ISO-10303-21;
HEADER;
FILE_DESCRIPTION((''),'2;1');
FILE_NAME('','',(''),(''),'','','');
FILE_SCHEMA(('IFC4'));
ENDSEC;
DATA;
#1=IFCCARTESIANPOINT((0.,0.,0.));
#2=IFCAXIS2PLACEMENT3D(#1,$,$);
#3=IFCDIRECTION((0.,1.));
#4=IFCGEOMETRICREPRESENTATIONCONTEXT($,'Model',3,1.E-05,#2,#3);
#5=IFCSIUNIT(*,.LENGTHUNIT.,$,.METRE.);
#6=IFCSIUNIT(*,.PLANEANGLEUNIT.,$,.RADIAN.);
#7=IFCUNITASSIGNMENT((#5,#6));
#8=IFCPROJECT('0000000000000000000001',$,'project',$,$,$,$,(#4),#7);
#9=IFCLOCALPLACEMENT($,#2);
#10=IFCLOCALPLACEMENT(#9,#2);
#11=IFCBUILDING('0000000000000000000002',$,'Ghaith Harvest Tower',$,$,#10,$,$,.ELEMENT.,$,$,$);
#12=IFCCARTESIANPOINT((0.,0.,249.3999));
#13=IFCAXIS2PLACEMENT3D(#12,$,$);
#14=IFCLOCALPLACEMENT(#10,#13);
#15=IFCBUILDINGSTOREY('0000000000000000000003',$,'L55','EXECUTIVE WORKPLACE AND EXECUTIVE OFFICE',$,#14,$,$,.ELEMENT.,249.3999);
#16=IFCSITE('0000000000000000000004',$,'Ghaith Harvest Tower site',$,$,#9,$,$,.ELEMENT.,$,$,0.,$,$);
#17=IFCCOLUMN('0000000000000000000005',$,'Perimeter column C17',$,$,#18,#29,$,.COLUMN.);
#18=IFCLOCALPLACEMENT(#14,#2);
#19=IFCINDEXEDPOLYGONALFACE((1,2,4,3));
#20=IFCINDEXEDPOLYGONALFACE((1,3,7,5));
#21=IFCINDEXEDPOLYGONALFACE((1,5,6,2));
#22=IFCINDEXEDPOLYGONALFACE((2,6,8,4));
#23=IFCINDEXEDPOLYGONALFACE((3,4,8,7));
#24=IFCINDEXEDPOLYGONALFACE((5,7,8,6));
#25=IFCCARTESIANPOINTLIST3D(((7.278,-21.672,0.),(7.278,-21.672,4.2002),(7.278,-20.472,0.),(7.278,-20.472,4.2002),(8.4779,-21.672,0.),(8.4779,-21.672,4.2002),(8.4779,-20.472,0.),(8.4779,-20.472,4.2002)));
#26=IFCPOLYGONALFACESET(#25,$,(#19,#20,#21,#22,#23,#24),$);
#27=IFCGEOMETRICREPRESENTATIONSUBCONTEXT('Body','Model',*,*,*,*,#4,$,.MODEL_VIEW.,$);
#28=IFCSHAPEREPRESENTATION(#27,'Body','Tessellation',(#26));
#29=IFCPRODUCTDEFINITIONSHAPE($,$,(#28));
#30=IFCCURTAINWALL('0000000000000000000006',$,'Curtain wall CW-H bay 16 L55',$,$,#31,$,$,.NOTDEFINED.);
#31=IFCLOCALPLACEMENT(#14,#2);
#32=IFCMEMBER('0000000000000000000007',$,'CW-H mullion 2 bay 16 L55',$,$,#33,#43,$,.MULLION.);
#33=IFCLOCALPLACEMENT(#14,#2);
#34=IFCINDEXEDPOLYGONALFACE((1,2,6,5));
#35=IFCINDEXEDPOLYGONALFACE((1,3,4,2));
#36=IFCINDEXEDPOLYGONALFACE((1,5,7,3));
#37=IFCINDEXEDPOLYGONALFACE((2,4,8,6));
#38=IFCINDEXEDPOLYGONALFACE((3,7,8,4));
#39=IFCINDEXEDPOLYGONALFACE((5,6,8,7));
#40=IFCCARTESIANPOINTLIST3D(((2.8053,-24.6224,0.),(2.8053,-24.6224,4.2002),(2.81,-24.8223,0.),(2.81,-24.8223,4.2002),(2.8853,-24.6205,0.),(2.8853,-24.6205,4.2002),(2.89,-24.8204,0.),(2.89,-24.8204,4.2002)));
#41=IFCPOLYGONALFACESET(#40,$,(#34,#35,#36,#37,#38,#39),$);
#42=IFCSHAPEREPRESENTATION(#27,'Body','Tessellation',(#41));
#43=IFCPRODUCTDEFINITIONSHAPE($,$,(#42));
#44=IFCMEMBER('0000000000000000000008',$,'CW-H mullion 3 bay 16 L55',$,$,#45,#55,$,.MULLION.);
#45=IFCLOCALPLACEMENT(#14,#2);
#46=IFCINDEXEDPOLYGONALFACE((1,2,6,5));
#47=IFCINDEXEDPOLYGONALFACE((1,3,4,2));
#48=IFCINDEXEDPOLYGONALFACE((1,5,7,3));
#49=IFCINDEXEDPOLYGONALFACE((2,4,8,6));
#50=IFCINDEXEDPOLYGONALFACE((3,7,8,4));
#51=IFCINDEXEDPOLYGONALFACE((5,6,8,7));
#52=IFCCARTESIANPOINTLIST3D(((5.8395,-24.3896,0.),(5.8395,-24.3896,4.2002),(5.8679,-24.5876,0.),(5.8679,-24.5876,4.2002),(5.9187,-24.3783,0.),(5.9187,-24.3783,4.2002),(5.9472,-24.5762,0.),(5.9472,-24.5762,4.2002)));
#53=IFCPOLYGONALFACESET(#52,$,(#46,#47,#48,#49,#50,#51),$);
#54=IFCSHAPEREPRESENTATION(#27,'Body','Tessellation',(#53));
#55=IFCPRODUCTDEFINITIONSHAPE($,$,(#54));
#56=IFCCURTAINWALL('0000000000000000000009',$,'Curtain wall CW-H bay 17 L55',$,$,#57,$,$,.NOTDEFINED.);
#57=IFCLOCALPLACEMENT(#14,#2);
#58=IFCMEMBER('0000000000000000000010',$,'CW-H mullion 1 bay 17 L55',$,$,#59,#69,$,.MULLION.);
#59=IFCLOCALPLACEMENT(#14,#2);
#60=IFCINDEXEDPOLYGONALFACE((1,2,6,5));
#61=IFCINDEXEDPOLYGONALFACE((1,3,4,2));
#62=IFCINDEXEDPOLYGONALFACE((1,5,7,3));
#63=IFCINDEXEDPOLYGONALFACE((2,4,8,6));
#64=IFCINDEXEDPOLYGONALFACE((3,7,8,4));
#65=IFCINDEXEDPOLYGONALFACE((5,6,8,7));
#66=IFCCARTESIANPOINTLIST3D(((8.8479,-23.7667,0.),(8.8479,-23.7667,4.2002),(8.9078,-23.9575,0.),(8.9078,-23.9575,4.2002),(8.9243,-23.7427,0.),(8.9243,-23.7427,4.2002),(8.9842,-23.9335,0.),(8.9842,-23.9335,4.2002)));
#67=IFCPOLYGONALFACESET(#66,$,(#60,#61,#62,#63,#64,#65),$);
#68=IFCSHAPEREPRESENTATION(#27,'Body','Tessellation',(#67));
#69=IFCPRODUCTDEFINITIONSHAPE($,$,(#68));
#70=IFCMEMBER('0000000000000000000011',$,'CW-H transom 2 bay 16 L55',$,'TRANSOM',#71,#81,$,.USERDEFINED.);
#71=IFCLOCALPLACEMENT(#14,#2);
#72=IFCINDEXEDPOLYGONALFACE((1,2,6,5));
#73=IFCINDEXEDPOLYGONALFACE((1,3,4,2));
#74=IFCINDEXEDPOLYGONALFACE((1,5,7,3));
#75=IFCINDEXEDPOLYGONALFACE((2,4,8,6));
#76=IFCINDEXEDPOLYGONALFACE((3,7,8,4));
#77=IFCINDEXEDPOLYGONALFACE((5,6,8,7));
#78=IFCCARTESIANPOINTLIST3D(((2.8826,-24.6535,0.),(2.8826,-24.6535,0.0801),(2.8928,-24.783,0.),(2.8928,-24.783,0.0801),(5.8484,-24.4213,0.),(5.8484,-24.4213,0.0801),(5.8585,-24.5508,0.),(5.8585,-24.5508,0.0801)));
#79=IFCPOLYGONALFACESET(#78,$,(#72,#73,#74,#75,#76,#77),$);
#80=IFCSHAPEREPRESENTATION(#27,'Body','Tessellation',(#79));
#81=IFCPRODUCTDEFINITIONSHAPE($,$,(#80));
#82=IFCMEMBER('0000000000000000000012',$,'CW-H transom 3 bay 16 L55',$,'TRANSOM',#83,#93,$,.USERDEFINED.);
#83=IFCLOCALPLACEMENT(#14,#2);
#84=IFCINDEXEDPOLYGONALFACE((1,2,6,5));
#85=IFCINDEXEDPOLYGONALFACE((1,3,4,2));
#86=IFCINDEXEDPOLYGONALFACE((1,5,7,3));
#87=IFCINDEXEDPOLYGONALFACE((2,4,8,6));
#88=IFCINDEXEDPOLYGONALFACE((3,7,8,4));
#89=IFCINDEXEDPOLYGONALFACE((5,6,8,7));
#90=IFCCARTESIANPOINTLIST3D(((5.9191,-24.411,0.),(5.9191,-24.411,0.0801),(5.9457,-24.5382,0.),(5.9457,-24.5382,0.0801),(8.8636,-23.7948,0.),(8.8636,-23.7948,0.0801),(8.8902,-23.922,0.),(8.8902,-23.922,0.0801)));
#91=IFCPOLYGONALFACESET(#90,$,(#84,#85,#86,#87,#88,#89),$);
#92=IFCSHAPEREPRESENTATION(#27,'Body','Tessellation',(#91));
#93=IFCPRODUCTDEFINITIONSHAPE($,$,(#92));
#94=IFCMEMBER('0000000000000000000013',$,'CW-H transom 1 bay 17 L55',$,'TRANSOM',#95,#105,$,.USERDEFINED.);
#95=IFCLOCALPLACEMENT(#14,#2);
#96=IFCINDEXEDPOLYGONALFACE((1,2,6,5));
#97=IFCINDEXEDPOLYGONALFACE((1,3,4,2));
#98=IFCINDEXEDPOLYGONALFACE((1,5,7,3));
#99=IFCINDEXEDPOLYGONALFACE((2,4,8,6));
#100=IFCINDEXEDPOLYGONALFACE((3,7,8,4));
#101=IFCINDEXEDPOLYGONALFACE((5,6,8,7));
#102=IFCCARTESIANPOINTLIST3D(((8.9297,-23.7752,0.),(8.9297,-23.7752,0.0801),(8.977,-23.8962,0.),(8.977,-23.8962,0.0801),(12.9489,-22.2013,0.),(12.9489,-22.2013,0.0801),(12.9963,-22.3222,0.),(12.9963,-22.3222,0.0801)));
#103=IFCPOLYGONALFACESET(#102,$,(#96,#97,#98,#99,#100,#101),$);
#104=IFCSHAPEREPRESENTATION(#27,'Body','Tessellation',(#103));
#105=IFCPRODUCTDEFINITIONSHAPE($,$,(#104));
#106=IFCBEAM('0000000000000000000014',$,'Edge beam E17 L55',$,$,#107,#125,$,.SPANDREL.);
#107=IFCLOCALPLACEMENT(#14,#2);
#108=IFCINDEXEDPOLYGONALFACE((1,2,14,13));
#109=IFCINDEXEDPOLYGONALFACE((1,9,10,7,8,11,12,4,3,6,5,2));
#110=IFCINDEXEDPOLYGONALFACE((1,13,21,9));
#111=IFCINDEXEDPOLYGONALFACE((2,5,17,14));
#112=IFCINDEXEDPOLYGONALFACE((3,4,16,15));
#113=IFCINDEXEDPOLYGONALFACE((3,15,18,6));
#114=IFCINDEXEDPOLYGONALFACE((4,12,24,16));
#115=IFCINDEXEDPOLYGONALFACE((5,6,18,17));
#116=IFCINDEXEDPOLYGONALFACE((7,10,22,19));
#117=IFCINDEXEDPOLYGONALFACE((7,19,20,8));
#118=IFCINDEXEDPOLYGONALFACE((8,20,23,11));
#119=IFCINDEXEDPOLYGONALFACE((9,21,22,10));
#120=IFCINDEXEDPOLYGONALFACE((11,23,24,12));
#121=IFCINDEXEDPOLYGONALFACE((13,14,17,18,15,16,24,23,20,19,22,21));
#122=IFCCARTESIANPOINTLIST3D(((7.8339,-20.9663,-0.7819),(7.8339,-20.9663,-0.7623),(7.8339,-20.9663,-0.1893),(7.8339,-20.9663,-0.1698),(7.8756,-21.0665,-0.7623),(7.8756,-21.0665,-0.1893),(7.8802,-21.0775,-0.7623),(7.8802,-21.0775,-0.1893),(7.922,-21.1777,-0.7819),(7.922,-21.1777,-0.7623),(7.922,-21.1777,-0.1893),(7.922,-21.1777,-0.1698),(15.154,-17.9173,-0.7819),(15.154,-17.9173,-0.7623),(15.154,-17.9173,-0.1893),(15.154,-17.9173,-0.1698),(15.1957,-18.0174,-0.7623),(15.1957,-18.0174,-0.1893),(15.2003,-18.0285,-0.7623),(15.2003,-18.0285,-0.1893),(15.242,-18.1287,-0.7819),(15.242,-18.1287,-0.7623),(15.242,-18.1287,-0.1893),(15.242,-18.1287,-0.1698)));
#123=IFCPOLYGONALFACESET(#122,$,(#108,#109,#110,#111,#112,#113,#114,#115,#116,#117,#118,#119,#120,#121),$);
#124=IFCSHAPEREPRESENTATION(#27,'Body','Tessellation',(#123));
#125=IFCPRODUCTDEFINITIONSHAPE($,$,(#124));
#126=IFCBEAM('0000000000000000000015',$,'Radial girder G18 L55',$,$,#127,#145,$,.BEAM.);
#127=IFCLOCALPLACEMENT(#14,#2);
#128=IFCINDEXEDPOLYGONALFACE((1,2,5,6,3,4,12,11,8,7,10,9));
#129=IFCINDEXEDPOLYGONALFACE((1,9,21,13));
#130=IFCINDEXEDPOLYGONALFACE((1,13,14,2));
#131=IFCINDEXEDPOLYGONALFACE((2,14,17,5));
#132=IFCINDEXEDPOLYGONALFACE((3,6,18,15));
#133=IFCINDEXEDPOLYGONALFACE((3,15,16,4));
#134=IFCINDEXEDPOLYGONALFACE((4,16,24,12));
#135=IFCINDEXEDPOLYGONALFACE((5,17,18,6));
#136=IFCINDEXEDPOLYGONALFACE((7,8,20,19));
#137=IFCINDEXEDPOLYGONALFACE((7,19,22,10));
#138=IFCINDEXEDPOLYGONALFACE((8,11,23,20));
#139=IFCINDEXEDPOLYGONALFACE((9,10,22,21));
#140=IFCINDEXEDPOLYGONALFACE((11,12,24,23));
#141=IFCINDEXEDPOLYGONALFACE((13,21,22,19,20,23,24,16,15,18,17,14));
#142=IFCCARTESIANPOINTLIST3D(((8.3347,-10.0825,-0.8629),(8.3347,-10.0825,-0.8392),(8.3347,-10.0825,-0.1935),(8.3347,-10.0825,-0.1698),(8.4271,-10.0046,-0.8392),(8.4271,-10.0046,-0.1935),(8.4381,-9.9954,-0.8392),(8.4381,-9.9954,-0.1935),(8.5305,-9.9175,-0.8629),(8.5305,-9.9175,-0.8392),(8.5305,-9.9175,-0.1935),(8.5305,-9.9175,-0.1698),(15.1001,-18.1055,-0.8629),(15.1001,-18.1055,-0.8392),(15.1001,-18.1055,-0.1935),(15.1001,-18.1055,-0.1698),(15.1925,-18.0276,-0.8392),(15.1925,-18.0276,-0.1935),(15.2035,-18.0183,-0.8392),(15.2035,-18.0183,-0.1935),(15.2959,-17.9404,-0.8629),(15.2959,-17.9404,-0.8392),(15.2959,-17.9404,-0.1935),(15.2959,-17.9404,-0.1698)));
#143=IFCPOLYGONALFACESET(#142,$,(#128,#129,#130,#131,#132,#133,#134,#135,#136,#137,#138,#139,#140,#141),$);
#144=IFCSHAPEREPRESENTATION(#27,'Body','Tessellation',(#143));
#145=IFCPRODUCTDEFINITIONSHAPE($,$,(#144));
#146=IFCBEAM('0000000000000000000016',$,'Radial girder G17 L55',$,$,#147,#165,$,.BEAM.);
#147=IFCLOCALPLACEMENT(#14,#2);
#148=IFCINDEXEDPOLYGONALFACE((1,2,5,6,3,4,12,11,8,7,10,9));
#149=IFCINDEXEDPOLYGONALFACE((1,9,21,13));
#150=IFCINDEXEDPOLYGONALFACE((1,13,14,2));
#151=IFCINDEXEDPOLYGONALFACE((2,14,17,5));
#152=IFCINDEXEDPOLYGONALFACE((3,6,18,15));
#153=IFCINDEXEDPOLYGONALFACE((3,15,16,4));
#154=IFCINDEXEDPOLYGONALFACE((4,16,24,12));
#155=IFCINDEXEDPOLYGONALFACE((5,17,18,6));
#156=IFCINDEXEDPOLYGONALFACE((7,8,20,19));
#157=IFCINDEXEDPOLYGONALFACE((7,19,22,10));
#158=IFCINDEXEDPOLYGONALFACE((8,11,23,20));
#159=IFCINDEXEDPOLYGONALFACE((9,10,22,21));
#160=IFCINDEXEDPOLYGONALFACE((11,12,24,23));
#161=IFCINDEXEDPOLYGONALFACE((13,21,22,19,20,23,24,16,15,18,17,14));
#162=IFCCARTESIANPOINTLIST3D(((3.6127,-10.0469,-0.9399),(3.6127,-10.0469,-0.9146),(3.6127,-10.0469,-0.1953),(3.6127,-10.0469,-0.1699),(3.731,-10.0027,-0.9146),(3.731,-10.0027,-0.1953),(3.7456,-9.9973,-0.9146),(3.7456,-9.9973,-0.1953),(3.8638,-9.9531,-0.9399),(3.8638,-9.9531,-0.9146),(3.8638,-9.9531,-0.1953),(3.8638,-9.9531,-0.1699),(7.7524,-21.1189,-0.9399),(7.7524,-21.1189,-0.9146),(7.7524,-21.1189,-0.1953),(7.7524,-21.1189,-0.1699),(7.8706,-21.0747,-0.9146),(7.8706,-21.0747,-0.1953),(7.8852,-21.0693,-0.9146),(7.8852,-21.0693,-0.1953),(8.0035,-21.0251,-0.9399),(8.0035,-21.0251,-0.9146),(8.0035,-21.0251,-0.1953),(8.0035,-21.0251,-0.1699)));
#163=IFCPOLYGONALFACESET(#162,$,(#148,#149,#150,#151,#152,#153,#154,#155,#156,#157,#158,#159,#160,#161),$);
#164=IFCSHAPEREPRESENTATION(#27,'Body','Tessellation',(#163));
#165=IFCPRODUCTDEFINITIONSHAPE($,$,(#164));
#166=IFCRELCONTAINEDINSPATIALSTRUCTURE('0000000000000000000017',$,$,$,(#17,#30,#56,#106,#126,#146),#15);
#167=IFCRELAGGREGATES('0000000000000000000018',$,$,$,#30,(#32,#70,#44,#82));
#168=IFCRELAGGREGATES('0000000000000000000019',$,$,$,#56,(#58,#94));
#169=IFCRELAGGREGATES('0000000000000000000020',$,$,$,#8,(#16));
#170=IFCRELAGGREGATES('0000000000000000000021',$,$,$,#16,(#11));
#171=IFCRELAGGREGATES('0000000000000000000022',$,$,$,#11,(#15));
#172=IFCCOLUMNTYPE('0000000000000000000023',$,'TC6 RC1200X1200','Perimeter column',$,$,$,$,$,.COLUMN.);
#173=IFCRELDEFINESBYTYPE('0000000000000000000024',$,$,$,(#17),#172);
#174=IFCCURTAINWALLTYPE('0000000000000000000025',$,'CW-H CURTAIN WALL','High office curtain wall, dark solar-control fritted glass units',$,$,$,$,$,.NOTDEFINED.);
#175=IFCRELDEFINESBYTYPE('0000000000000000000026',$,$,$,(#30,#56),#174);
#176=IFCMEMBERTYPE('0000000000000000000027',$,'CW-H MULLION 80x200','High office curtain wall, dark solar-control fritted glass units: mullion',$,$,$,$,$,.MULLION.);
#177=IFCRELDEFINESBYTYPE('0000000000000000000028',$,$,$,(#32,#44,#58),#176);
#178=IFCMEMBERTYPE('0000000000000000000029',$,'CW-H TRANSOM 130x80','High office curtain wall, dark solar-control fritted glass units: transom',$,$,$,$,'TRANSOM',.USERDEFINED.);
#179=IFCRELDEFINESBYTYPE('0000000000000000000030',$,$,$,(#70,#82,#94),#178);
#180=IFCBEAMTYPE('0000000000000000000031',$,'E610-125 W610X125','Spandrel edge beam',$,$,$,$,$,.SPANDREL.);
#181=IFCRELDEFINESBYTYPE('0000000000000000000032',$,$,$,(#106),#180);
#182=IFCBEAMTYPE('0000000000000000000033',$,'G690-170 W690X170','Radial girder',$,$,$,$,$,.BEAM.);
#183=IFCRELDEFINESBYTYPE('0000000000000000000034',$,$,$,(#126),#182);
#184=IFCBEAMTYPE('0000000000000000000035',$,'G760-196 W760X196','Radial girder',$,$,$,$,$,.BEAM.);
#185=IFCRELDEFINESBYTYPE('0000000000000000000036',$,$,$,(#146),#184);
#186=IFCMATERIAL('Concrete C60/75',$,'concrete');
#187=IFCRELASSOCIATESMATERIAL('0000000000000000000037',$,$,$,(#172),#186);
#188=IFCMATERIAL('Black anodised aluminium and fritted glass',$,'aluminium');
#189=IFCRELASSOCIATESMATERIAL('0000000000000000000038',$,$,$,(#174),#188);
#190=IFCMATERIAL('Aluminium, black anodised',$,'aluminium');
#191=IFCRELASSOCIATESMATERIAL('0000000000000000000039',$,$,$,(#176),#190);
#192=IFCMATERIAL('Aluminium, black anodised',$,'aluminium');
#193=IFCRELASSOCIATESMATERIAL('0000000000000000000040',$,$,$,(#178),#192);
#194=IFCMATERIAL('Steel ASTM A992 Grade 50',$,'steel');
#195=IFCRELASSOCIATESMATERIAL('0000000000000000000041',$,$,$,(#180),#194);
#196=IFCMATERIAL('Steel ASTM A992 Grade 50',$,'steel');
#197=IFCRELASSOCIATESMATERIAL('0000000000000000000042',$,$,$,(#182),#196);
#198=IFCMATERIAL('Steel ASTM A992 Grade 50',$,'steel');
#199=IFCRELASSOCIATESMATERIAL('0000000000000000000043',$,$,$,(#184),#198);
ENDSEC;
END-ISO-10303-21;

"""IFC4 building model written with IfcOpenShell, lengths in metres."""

from ifc_helpers import new_model, si_unit, direction, frame, origin, origin_2d, place, context, subcontext, project, spatial, rectangle, i_section, extrude, material, material_profile, profile_set, type_object, element, aggregate, save


model = new_model("IFC4")

# Units and contexts
model_context = context("Model", 3, precision=1e-05, world=origin(), true_north=direction((0.0, 1.0)))
body_context = subcontext(model_context, "Body", "Model", "MODEL_VIEW")
ifc_project = project(units=[si_unit("LENGTHUNIT", "METRE"), si_unit("PLANEANGLEUNIT", "RADIAN")], contexts=[model_context])

# Site, building, storey
site_placement = place(None, origin())
site = spatial("IfcSite", under=ifc_project, at=site_placement, Name="Ghaith Harvest Tower site", CompositionType="ELEMENT", RefElevation=0.0)
building_placement = place(site_placement, origin())
building = spatial("IfcBuilding", under=site, at=building_placement, Name="Ghaith Harvest Tower", CompositionType="ELEMENT")
storey_placement = place(building_placement, frame((0.0, 0.0, 249.3999)))
storey = spatial("IfcBuildingStorey", under=building, at=storey_placement, Name="L55", Description="EXECUTIVE WORKPLACE AND EXECUTIVE OFFICE", CompositionType="ELEMENT", Elevation=249.3999)

# Column
ifc_material_1 = material(Name="Concrete C60/75", Category="concrete")
ifc_material_profile_1 = material_profile(ifc_material_1, rectangle(XDim=1.2, YDim=1.2, at=origin_2d()), Name="RC1200X1200")
ifc_profile_set_1 = profile_set([ifc_material_profile_1], Name="Concrete C60/75")
column_type = type_object("IfcColumnType", Name="TC6 RC1200X1200", Description="Perimeter column", PredefinedType="COLUMN", material=ifc_profile_set_1)
column_placement = place(storey_placement, frame((7.8779, -21.072, 0.0), z_axis=(0.0, 0.0, 1.0), x_axis=(1.0, 0.0, 0.0)))
element("IfcColumn", 1, at=column_placement, inside=storey, type_object=column_type, Name="Perimeter column C17", PredefinedType="COLUMN", context=body_context, shape_type="SweptSolid", body=[
    extrude(rectangle(XDim=1.2, YDim=1.2, at=origin_2d()), origin(), (0.0, 0.0, 1.0), 4.2002),
])

# Curtain wall, members
ifc_material_2 = material(Name="Black anodised aluminium and fritted glass", Category="aluminium")
curtain_wall_type = type_object("IfcCurtainWallType", Name="CW-H CURTAIN WALL", Description="High office curtain wall, dark solar-control fritted glass units", PredefinedType="NOTDEFINED", material=ifc_material_2)
curtain_wall_1_placement = place(storey_placement, origin())
curtain_wall_1 = element("IfcCurtainWall", 2, at=curtain_wall_1_placement, inside=storey, type_object=curtain_wall_type, Name="Curtain wall CW-H bay 16 L55", PredefinedType="NOTDEFINED")
ifc_material_3 = material(Name="Aluminium, black anodised", Category="aluminium")
ifc_material_profile_2 = material_profile(ifc_material_3, rectangle(XDim=0.0801, YDim=0.2, at=origin_2d()), Name="CW-H MULLION 80x200")
ifc_profile_set_2 = profile_set([ifc_material_profile_2], Name="Aluminium, black anodised")
member_type_1 = type_object("IfcMemberType", Name="CW-H MULLION 80x200", Description="High office curtain wall, dark solar-control fritted glass units: mullion", PredefinedType="MULLION", material=ifc_profile_set_2)
member_1_placement = place(storey_placement, frame((2.8477, -24.7214, 0.0), z_axis=(0.0, 0.0, 1.0), x_axis=(0.999724, 0.023475, 0.0)))
member_1 = element("IfcMember", 3, at=member_1_placement, type_object=member_type_1, Name="CW-H mullion 2 bay 16 L55", PredefinedType="MULLION", context=body_context, shape_type="SweptSolid", body=[
    extrude(rectangle(XDim=0.0801, YDim=0.2, at=origin_2d()), origin(), (0.0, 0.0, 1.0), 4.2002),
])
member_2_placement = place(storey_placement, frame((5.8933, -24.4829, 0.0), z_axis=(0.0, 0.0, 1.0), x_axis=(0.989849, 0.142122, 0.0)))
member_2 = element("IfcMember", 4, at=member_2_placement, type_object=member_type_1, Name="CW-H mullion 3 bay 16 L55", PredefinedType="MULLION", context=body_context, shape_type="SweptSolid", body=[
    extrude(rectangle(XDim=0.0801, YDim=0.2, at=origin_2d()), origin(), (0.0, 0.0, 1.0), 4.2002),
])

# Curtain wall, member
curtain_wall_2_placement = place(storey_placement, origin())
curtain_wall_2 = element("IfcCurtainWall", 5, at=curtain_wall_2_placement, inside=storey, type_object=curtain_wall_type, Name="Curtain wall CW-H bay 17 L55", PredefinedType="NOTDEFINED")
member_3_placement = place(storey_placement, frame((8.916, -23.8501, 0.0), z_axis=(0.0, 0.0, 1.0), x_axis=(0.95403, 0.299711, 0.0)))
member_3 = element("IfcMember", 6, at=member_3_placement, type_object=member_type_1, Name="CW-H mullion 1 bay 17 L55", PredefinedType="MULLION", context=body_context, shape_type="SweptSolid", body=[
    extrude(rectangle(XDim=0.0801, YDim=0.2, at=origin_2d()), origin(), (0.0, 0.0, 1.0), 4.2002),
])

# Members
ifc_material_4 = material(Name="Aluminium, black anodised", Category="aluminium")
ifc_material_profile_3 = material_profile(ifc_material_4, rectangle(XDim=0.1299, YDim=0.0801, at=origin_2d()), Name="CW-H TRANSOM 130x80")
ifc_profile_set_3 = profile_set([ifc_material_profile_3], Name="Aluminium, black anodised")
member_type_2 = type_object("IfcMemberType", Name="CW-H TRANSOM 130x80", Description="High office curtain wall, dark solar-control fritted glass units: transom", ElementType="TRANSOM", PredefinedType="USERDEFINED", material=ifc_profile_set_3)
member_4_placement = place(storey_placement, frame((2.8877, -24.7183, 0.04), z_axis=(0.99695, 0.078046, 0.0), x_axis=(-0.078046, 0.99695, 0.0)))
member_4 = element("IfcMember", 7, at=member_4_placement, type_object=member_type_2, Name="CW-H transom 2 bay 16 L55", ObjectType="TRANSOM", PredefinedType="USERDEFINED", context=body_context, shape_type="SweptSolid", body=[
    extrude(rectangle(XDim=0.1299, YDim=0.0801, at=origin_2d()), origin(), (0.0, 0.0, 1.0), 2.9749),
])
member_5_placement = place(storey_placement, frame((5.9324, -24.4746, 0.04), z_axis=(0.978797, 0.204832, 0.0), x_axis=(-0.204832, 0.978797, 0.0)))
member_5 = element("IfcMember", 8, at=member_5_placement, type_object=member_type_2, Name="CW-H transom 3 bay 16 L55", ObjectType="TRANSOM", PredefinedType="USERDEFINED", context=body_context, shape_type="SweptSolid", body=[
    extrude(rectangle(XDim=0.1299, YDim=0.0801, at=origin_2d()), origin(), (0.0, 0.0, 1.0), 3.0083),
])
member_6_placement = place(storey_placement, frame((8.9534, -23.8357, 0.04), z_axis=(0.931148, 0.364642, 0.0), x_axis=(-0.364642, 0.931148, 0.0)))
member_6 = element("IfcMember", 9, at=member_6_placement, type_object=member_type_2, Name="CW-H transom 1 bay 17 L55", ObjectType="TRANSOM", PredefinedType="USERDEFINED", context=body_context, shape_type="SweptSolid", body=[
    extrude(rectangle(XDim=0.1299, YDim=0.0801, at=origin_2d()), origin(), (0.0, 0.0, 1.0), 4.3164),
])

# Beams
ifc_material_5 = material(Name="Steel ASTM A992 Grade 50", Category="steel")
ifc_material_profile_4 = material_profile(ifc_material_5, i_section(OverallWidth=0.229, OverallDepth=0.6121, WebThickness=0.012, FlangeThickness=0.0195, at=origin_2d()), Name="W610X125")
ifc_profile_set_4 = profile_set([ifc_material_profile_4], Name="Steel ASTM A992 Grade 50")
beam_type_1 = type_object("IfcBeamType", Name="E610-125 W610X125", Description="Spandrel edge beam", PredefinedType="SPANDREL", material=ifc_profile_set_4)
beam_1_placement = place(storey_placement, frame((7.8779, -21.072, -0.4758), z_axis=(0.92312, 0.384513, 0.0), x_axis=(-0.384513, 0.92312, 0.0)))
element("IfcBeam", 10, at=beam_1_placement, inside=storey, type_object=beam_type_1, Name="Edge beam E17 L55", PredefinedType="SPANDREL", context=body_context, shape_type="SweptSolid", body=[
    extrude(i_section(OverallWidth=0.229, OverallDepth=0.6121, WebThickness=0.012, FlangeThickness=0.0195, at=origin_2d()), origin(), (0.0, 0.0, 1.0), 7.9297),
])
ifc_material_6 = material(Name="Steel ASTM A992 Grade 50", Category="steel")
ifc_material_profile_5 = material_profile(ifc_material_6, i_section(OverallWidth=0.2561, OverallDepth=0.6931, WebThickness=0.0144, FlangeThickness=0.0237, at=origin_2d()), Name="W690X170")
ifc_profile_set_5 = profile_set([ifc_material_profile_5], Name="Steel ASTM A992 Grade 50")
beam_type_2 = type_object("IfcBeamType", Name="G690-170 W690X170", Description="Radial girder", PredefinedType="BEAM", material=ifc_profile_set_5)
beam_2_placement = place(storey_placement, frame((8.4326, -10.0, -0.5164), z_axis=(0.644649, -0.764478, 0.0), x_axis=(0.764478, 0.644649, 0.0)))
element("IfcBeam", 11, at=beam_2_placement, inside=storey, type_object=beam_type_2, Name="Radial girder G18 L55", PredefinedType="BEAM", context=body_context, shape_type="SweptSolid", body=[
    extrude(i_section(OverallWidth=0.2561, OverallDepth=0.6931, WebThickness=0.0144, FlangeThickness=0.0237, at=origin_2d()), origin(), (0.0, 0.0, 1.0), 10.4946),
])
ifc_material_7 = material(Name="Steel ASTM A992 Grade 50", Category="steel")
ifc_material_profile_6 = material_profile(ifc_material_7, i_section(OverallWidth=0.2681, OverallDepth=0.77, WebThickness=0.0156, FlangeThickness=0.0254, at=origin_2d()), Name="W760X196")
ifc_profile_set_6 = profile_set([ifc_material_profile_6], Name="Steel ASTM A992 Grade 50")
beam_type_3 = type_object("IfcBeamType", Name="G760-196 W760X196", Description="Radial girder", PredefinedType="BEAM", material=ifc_profile_set_6)
beam_3_placement = place(storey_placement, frame((3.7383, -10.0, -0.5549), z_axis=(0.350207, -0.936672, 0.0), x_axis=(0.936672, 0.350207, 0.0)))
element("IfcBeam", 12, at=beam_3_placement, inside=storey, type_object=beam_type_3, Name="Radial girder G17 L55", PredefinedType="BEAM", context=body_context, shape_type="SweptSolid", body=[
    extrude(i_section(OverallWidth=0.2681, OverallDepth=0.77, WebThickness=0.0156, FlangeThickness=0.0254, at=origin_2d()), origin(), (0.0, 0.0, 1.0), 11.8206),
])

aggregate(curtain_wall_1, [member_1, member_4, member_2, member_5])
aggregate(curtain_wall_2, [member_3, member_6])

save(model, "model.ifc")
